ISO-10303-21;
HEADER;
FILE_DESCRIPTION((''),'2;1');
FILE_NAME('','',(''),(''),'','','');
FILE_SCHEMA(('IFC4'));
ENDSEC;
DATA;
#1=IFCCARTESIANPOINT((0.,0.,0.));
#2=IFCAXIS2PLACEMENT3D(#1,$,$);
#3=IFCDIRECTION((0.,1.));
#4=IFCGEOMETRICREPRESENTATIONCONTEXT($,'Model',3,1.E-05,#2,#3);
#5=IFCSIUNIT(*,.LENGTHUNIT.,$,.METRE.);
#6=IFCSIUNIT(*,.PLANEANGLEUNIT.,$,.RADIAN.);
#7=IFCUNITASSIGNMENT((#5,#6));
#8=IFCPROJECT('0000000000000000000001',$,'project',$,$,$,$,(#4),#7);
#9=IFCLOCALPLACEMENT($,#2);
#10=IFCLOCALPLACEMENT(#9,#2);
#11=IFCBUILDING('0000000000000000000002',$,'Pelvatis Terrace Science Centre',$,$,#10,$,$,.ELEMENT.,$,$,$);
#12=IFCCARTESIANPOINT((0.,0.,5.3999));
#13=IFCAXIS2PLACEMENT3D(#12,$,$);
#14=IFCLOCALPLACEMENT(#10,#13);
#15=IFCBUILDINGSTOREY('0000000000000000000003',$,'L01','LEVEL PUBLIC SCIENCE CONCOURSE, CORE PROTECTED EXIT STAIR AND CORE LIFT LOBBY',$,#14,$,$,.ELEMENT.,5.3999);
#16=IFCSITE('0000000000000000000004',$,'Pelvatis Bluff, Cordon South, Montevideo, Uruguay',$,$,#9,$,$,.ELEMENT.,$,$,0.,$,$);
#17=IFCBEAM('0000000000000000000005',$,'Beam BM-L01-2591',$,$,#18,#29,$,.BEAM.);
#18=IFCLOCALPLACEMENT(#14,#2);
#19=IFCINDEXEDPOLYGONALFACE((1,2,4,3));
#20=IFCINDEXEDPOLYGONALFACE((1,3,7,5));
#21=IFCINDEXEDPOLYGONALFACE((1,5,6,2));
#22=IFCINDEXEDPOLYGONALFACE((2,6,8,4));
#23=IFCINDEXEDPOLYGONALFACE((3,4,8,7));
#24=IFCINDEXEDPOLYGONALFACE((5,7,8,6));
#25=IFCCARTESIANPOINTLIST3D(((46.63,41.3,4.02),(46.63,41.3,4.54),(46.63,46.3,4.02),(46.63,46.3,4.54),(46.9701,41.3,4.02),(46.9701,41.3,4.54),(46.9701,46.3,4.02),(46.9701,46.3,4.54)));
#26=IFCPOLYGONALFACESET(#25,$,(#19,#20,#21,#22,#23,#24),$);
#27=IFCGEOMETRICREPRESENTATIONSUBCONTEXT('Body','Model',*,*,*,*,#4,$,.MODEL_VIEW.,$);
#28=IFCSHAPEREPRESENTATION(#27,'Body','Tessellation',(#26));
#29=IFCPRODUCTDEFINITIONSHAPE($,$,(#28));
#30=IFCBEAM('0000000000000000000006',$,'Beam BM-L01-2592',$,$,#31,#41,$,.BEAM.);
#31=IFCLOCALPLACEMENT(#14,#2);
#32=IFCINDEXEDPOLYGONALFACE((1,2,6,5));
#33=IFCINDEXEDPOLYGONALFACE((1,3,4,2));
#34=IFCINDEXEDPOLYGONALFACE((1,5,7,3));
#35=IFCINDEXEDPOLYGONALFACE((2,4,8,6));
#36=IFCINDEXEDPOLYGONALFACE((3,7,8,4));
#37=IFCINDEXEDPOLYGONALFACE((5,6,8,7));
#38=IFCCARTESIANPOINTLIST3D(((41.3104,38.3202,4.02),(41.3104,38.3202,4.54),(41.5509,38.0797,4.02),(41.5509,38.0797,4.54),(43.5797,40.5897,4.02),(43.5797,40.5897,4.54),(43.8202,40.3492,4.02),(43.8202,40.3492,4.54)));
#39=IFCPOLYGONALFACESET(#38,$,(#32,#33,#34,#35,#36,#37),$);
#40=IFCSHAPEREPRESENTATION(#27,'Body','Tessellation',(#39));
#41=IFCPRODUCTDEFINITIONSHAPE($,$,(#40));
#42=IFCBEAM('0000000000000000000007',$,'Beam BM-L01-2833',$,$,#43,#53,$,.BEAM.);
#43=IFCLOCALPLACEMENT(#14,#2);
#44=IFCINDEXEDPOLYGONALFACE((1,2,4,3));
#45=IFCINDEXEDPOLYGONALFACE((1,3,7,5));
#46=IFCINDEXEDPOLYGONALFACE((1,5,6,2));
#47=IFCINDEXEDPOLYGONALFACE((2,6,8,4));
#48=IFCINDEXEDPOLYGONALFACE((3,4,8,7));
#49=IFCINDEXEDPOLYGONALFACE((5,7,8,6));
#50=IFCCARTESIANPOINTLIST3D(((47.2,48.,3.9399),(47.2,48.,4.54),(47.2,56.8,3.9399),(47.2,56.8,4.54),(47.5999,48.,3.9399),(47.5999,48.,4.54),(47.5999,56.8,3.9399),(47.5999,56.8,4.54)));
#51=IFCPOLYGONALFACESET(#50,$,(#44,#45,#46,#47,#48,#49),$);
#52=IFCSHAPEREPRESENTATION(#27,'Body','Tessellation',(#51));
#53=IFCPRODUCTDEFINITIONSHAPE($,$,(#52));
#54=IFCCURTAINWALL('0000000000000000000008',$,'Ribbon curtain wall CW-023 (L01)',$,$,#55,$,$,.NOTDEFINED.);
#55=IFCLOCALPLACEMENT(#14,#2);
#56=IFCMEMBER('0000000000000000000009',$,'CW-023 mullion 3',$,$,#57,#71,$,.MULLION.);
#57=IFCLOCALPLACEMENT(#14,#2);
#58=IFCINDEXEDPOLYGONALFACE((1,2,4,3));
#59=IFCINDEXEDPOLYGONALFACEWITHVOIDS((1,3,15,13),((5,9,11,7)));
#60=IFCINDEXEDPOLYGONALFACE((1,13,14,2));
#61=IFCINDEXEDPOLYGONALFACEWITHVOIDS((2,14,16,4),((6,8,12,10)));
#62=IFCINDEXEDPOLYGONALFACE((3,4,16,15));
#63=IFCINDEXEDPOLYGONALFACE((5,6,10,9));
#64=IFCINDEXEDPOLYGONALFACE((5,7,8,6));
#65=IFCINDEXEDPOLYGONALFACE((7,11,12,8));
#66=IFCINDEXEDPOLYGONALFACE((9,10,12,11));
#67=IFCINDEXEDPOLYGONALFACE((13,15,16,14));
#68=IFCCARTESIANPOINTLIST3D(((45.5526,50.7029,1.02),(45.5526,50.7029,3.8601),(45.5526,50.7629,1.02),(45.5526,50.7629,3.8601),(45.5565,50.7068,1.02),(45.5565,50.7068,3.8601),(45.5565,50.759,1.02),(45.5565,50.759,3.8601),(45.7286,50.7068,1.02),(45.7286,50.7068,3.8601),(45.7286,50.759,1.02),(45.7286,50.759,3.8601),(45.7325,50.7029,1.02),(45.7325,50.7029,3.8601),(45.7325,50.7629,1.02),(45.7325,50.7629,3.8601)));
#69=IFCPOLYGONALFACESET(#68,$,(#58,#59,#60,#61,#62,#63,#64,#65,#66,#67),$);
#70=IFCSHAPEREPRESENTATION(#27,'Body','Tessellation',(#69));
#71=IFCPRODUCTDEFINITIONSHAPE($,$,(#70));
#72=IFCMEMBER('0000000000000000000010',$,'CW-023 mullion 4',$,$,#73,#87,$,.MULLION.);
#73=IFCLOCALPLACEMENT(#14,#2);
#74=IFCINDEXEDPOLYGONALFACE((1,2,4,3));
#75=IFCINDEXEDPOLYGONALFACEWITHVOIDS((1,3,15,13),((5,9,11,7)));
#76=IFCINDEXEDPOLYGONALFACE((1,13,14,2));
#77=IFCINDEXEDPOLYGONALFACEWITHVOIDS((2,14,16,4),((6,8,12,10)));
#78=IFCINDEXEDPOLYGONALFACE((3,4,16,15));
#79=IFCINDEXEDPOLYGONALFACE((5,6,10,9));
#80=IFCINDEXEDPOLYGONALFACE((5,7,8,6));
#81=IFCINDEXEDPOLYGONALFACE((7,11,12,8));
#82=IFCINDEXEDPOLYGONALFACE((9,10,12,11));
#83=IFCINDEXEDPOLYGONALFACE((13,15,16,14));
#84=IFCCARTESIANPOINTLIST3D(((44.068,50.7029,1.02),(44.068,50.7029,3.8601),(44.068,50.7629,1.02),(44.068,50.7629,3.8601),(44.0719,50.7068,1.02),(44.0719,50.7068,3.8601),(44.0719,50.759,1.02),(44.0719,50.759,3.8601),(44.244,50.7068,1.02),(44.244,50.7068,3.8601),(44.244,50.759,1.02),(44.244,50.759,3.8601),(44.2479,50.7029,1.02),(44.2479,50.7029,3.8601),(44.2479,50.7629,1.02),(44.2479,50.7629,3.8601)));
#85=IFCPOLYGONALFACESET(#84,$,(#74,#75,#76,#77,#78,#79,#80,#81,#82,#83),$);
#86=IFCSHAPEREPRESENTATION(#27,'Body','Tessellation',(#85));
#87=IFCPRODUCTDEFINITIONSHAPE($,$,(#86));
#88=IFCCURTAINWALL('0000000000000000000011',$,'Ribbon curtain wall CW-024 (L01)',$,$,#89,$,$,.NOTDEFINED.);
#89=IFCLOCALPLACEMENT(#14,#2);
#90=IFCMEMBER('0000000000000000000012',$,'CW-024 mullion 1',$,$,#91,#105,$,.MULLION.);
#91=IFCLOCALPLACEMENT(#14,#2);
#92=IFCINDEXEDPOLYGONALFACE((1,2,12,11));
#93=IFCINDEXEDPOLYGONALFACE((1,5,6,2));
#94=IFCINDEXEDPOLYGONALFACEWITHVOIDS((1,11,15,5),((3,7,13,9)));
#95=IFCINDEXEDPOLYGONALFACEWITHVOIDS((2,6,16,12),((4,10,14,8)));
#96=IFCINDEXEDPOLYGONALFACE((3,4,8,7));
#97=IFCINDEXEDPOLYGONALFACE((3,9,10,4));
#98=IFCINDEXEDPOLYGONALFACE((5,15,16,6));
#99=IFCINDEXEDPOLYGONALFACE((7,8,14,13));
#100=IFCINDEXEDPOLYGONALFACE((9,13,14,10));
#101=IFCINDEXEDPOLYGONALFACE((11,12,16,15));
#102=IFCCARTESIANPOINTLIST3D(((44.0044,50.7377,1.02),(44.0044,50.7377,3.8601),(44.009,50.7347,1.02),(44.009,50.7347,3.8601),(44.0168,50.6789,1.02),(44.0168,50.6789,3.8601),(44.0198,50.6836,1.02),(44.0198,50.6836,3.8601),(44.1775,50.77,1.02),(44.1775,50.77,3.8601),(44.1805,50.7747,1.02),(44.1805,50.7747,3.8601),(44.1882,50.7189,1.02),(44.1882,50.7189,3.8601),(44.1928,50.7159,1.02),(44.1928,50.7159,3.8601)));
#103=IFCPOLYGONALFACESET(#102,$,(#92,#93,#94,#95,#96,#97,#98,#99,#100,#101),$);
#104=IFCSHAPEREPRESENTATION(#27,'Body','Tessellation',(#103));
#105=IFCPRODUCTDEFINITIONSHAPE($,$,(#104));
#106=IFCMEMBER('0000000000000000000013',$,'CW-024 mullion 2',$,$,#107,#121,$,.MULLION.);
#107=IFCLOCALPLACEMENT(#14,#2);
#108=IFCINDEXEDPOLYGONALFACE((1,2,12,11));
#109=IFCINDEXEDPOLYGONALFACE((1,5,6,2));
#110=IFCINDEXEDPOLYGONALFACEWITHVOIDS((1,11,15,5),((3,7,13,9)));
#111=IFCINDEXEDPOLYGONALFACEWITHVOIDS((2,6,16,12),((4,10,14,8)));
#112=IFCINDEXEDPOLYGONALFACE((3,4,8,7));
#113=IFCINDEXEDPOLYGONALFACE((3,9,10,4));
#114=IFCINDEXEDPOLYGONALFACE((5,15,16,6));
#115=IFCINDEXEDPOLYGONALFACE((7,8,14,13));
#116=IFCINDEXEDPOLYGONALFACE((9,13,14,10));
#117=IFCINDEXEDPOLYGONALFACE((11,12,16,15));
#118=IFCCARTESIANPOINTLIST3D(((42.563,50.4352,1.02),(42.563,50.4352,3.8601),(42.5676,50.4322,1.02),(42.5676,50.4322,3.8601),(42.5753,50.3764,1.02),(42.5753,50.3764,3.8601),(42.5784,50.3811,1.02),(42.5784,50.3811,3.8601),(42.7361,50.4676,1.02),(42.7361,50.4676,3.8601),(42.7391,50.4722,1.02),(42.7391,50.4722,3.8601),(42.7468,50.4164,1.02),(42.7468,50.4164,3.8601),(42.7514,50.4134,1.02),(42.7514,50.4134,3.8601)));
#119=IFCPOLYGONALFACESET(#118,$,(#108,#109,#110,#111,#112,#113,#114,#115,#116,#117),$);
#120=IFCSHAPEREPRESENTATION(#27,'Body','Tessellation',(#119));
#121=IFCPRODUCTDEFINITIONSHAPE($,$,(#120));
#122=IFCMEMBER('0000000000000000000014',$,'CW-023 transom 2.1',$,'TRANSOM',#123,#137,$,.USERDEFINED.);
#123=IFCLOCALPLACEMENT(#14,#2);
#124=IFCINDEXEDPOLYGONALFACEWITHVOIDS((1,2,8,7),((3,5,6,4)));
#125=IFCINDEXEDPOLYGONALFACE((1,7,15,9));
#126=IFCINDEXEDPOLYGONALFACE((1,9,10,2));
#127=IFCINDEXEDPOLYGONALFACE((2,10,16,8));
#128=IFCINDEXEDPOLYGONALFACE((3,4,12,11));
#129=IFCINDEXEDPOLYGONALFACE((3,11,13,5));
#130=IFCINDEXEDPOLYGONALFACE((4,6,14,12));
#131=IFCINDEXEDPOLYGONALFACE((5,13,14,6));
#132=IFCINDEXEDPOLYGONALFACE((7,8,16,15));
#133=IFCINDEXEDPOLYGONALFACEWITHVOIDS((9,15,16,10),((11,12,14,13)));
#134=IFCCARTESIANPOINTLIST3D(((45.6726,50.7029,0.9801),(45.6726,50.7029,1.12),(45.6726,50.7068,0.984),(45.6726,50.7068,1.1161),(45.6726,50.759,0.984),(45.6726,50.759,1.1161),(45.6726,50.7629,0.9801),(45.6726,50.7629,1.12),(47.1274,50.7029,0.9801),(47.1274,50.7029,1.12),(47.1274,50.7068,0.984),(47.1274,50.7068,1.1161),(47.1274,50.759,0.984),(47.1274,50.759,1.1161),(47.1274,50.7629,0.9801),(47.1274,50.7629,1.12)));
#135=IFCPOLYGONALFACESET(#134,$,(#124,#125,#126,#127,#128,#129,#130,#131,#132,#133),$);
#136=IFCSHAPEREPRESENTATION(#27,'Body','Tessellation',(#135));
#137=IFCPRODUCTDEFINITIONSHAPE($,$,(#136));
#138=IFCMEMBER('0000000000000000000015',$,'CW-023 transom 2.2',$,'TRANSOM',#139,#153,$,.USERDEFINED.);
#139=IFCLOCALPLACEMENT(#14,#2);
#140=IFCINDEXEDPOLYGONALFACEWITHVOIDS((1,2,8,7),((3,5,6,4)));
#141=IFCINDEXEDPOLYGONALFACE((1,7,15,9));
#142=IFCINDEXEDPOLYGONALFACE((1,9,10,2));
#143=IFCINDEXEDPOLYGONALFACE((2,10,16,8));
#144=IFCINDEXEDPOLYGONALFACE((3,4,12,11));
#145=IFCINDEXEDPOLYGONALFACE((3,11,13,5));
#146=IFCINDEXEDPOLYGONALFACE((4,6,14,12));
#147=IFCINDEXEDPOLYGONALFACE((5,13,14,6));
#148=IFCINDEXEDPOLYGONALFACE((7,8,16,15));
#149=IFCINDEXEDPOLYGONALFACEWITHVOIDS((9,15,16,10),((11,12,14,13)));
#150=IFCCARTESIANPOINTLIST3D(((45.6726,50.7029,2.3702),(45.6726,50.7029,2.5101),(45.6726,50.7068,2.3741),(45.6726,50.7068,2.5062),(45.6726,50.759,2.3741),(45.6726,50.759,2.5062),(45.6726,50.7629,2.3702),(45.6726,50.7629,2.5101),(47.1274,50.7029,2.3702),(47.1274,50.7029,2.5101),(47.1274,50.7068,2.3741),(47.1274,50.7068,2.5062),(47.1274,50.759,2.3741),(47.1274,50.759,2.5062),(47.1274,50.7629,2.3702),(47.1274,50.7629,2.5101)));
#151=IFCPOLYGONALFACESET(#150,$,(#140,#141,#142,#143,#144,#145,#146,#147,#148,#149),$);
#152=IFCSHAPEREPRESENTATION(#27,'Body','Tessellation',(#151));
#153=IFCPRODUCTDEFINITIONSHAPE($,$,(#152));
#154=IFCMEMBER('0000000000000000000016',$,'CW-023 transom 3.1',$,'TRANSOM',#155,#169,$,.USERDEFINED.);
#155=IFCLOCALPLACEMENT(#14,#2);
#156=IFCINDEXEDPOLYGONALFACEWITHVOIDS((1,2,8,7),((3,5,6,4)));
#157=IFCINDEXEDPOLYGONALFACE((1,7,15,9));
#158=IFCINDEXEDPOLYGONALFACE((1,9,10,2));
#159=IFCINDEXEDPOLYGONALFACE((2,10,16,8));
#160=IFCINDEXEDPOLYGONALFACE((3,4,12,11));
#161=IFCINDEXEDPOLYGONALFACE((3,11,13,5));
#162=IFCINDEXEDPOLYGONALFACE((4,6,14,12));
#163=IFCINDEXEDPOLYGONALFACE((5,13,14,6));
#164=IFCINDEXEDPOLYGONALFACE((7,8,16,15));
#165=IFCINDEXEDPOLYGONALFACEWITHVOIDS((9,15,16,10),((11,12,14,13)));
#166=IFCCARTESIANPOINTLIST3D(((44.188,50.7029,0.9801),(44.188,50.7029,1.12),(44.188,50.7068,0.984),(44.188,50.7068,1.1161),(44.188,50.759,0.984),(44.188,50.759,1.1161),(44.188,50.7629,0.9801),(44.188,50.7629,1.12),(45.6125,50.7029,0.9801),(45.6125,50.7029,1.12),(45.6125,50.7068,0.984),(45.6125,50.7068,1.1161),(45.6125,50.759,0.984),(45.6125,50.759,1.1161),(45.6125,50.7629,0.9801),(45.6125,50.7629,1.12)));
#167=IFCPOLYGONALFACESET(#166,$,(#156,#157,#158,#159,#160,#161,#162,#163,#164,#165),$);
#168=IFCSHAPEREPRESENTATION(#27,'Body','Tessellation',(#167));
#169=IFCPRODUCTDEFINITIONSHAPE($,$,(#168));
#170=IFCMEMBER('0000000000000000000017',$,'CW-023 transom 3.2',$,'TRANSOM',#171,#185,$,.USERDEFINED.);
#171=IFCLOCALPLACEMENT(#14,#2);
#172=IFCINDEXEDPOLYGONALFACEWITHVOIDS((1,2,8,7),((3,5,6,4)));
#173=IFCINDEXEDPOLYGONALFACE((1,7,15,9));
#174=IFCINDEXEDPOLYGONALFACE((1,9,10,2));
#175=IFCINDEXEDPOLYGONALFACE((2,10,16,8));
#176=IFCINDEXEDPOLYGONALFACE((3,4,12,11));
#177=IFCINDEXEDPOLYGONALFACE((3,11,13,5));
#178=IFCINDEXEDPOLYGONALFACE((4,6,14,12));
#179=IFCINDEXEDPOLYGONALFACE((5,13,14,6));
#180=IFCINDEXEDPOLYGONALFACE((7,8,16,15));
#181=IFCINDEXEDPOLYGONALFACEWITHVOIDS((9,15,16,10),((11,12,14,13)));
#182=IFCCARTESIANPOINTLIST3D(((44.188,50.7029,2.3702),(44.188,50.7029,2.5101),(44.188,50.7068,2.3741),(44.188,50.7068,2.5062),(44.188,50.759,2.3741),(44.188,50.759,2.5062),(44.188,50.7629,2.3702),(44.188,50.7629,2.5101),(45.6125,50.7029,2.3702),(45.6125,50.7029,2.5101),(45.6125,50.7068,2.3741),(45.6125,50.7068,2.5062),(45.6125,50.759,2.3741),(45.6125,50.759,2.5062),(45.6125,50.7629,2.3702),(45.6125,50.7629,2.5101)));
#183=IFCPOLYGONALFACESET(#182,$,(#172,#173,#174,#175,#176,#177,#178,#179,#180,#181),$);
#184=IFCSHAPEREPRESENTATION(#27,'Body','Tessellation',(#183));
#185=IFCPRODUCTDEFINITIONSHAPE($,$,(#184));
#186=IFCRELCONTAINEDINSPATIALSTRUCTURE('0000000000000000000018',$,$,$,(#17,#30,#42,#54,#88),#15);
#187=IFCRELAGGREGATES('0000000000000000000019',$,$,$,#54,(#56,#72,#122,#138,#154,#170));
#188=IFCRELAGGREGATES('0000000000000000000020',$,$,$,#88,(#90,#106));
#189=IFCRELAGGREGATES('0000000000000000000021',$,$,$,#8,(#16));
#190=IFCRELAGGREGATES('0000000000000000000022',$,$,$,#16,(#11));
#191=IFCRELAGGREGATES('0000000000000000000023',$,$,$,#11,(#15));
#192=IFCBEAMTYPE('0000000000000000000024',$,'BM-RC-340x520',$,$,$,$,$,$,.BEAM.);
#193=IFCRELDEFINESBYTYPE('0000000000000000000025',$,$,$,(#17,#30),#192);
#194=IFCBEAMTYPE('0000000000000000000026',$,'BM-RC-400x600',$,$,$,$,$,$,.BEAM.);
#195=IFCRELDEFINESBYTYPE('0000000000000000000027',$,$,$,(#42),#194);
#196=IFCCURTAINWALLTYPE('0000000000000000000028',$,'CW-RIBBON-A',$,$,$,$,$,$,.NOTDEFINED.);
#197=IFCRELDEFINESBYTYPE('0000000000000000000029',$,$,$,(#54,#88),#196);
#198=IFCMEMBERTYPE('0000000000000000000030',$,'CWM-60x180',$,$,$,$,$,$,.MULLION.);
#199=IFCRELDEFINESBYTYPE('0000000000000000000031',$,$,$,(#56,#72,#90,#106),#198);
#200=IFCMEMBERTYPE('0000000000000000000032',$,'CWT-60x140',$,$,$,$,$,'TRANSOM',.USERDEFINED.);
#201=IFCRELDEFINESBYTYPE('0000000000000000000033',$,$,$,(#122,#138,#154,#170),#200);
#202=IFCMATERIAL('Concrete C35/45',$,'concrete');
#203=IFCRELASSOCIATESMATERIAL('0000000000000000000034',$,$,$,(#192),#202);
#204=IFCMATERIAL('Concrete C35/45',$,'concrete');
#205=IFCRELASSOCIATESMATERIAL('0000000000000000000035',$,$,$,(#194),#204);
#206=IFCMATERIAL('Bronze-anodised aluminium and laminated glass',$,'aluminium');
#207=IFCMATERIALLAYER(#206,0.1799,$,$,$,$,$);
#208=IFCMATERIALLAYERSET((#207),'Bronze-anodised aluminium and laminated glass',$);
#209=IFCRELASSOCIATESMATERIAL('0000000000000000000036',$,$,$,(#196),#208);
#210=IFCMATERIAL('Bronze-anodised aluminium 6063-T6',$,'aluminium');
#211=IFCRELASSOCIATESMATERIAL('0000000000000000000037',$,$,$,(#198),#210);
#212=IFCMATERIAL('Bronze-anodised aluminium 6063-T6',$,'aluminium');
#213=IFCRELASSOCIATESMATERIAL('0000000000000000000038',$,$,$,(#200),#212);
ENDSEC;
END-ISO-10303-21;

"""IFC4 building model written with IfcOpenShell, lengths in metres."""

from ifc_helpers import new_model, si_unit, direction, frame, origin, origin_2d, place, context, subcontext, project, spatial, rectangle, hollow_rectangle, extrude, material, layer, layer_set, material_profile, profile_set, type_object, element, aggregate, save


model = new_model("IFC4")

# Units and contexts
model_context = context("Model", 3, precision=1e-05, world=origin(), true_north=direction((0.0, 1.0)))
body_context = subcontext(model_context, "Body", "Model", "MODEL_VIEW")
ifc_project = project(units=[si_unit("LENGTHUNIT", "METRE"), si_unit("PLANEANGLEUNIT", "RADIAN")], contexts=[model_context])

# Site, building, storey
site_placement = place(None, origin())
site = spatial("IfcSite", under=ifc_project, at=site_placement, Name="Pelvatis Bluff, Cordon South, Montevideo, Uruguay", CompositionType="ELEMENT", RefElevation=0.0)
building_placement = place(site_placement, origin())
building = spatial("IfcBuilding", under=site, at=building_placement, Name="Pelvatis Terrace Science Centre", CompositionType="ELEMENT")
storey_placement = place(building_placement, frame((0.0, 0.0, 5.3999)))
storey = spatial("IfcBuildingStorey", under=building, at=storey_placement, Name="L01", Description="LEVEL PUBLIC SCIENCE CONCOURSE, CORE PROTECTED EXIT STAIR AND CORE LIFT LOBBY", CompositionType="ELEMENT", Elevation=5.3999)

# Beams
ifc_material_1 = material(Name="Concrete C35/45", Category="concrete")
ifc_material_profile_1 = material_profile(ifc_material_1, rectangle(XDim=0.3401, YDim=0.52, at=origin_2d()), Name="RC-BM 340x520")
ifc_profile_set_1 = profile_set([ifc_material_profile_1], Name="Concrete C35/45")
beam_type_1 = type_object("IfcBeamType", Name="BM-RC-340x520", PredefinedType="BEAM", material=ifc_profile_set_1)
beam_1_placement = place(storey_placement, frame((46.8, 41.3, 4.28), z_axis=(0.0, 1.0, 0.0), x_axis=(-1.0, 0.0, 0.0)))
element("IfcBeam", 1, at=beam_1_placement, inside=storey, type_object=beam_type_1, Name="Beam BM-L01-2591", PredefinedType="BEAM", context=body_context, shape_type="SweptSolid", body=[
    extrude(rectangle(XDim=0.3401, YDim=0.52, at=origin_2d()), origin(), (0.0, 0.0, 1.0), 5.0),
])
beam_2_placement = place(storey_placement, frame((43.7, 40.4695, 4.28), z_axis=(-0.707069, -0.707145, 0.0), x_axis=(0.707145, -0.707069, 0.0)))
element("IfcBeam", 2, at=beam_2_placement, inside=storey, type_object=beam_type_1, Name="Beam BM-L01-2592", PredefinedType="BEAM", context=body_context, shape_type="SweptSolid", body=[
    extrude(rectangle(XDim=0.3401, YDim=0.52, at=origin_2d()), origin(), (0.0, 0.0, 1.0), 3.2095),
])
ifc_material_2 = material(Name="Concrete C35/45", Category="concrete")
ifc_material_profile_2 = material_profile(ifc_material_2, rectangle(XDim=0.3999, YDim=0.6001, at=origin_2d()), Name="RC-BM 400x600")
ifc_profile_set_2 = profile_set([ifc_material_profile_2], Name="Concrete C35/45")
beam_type_2 = type_object("IfcBeamType", Name="BM-RC-400x600", PredefinedType="BEAM", material=ifc_profile_set_2)
beam_3_placement = place(storey_placement, frame((47.3999, 48.0, 4.24), z_axis=(0.0, 1.0, 0.0), x_axis=(-1.0, 0.0, 0.0)))
element("IfcBeam", 3, at=beam_3_placement, inside=storey, type_object=beam_type_2, Name="Beam BM-L01-2833", PredefinedType="BEAM", context=body_context, shape_type="SweptSolid", body=[
    extrude(rectangle(XDim=0.3999, YDim=0.6001, at=origin_2d()), origin(), (0.0, 0.0, 1.0), 8.8),
])

# Curtain walls, members
ifc_material_3 = material(Name="Bronze-anodised aluminium and laminated glass", Category="aluminium")
ifc_layer_1 = layer(ifc_material_3, 0.1799)
ifc_layer_set_1 = layer_set([ifc_layer_1], Name="Bronze-anodised aluminium and laminated glass")
curtain_wall_type = type_object("IfcCurtainWallType", Name="CW-RIBBON-A", PredefinedType="NOTDEFINED", material=ifc_layer_set_1)
curtain_wall_1_placement = place(storey_placement, origin())
curtain_wall_1 = element("IfcCurtainWall", 4, at=curtain_wall_1_placement, inside=storey, type_object=curtain_wall_type, Name="Ribbon curtain wall CW-023 (L01)", PredefinedType="NOTDEFINED")
ifc_material_4 = material(Name="Bronze-anodised aluminium 6063-T6", Category="aluminium")
ifc_material_profile_3 = material_profile(ifc_material_4, hollow_rectangle(XDim=0.0601, YDim=0.1799, WallThickness=0.0039, at=origin_2d()), Name="ALU-MUL 60x180")
ifc_profile_set_3 = profile_set([ifc_material_profile_3], Name="Bronze-anodised aluminium 6063-T6")
member_type_1 = type_object("IfcMemberType", Name="CWM-60x180", PredefinedType="MULLION", material=ifc_profile_set_3)
member_1_placement = place(storey_placement, frame((45.6426, 50.7329, 1.02), z_axis=(0.0, 0.0, 1.0), x_axis=(0.0, -1.0, 0.0)))
member_1 = element("IfcMember", 5, at=member_1_placement, type_object=member_type_1, Name="CW-023 mullion 3", PredefinedType="MULLION", context=body_context, shape_type="SweptSolid", body=[
    extrude(hollow_rectangle(XDim=0.0601, YDim=0.1799, WallThickness=0.0039, at=origin_2d()), origin(), (0.0, 0.0, 1.0), 2.8401),
])
member_2_placement = place(storey_placement, frame((44.158, 50.7329, 1.02), z_axis=(0.0, 0.0, 1.0), x_axis=(0.0, -1.0, 0.0)))
member_2 = element("IfcMember", 6, at=member_2_placement, type_object=member_type_1, Name="CW-023 mullion 4", PredefinedType="MULLION", context=body_context, shape_type="SweptSolid", body=[
    extrude(hollow_rectangle(XDim=0.0601, YDim=0.1799, WallThickness=0.0039, at=origin_2d()), origin(), (0.0, 0.0, 1.0), 2.8401),
])
curtain_wall_2_placement = place(storey_placement, origin())
curtain_wall_2 = element("IfcCurtainWall", 7, at=curtain_wall_2_placement, inside=storey, type_object=curtain_wall_type, Name="Ribbon curtain wall CW-024 (L01)", PredefinedType="NOTDEFINED")
member_3_placement = place(storey_placement, frame((44.0986, 50.7268, 1.02), z_axis=(0.0, 0.0, 1.0), x_axis=(0.205398, -0.978679, 0.0)))
member_3 = element("IfcMember", 8, at=member_3_placement, type_object=member_type_1, Name="CW-024 mullion 1", PredefinedType="MULLION", context=body_context, shape_type="SweptSolid", body=[
    extrude(hollow_rectangle(XDim=0.0601, YDim=0.1799, WallThickness=0.0039, at=origin_2d()), origin(), (0.0, 0.0, 1.0), 2.8401),
])
member_4_placement = place(storey_placement, frame((42.6572, 50.4243, 1.02), z_axis=(0.0, 0.0, 1.0), x_axis=(0.205398, -0.978679, 0.0)))
member_4 = element("IfcMember", 9, at=member_4_placement, type_object=member_type_1, Name="CW-024 mullion 2", PredefinedType="MULLION", context=body_context, shape_type="SweptSolid", body=[
    extrude(hollow_rectangle(XDim=0.0601, YDim=0.1799, WallThickness=0.0039, at=origin_2d()), origin(), (0.0, 0.0, 1.0), 2.8401),
])

# Members
ifc_material_5 = material(Name="Bronze-anodised aluminium 6063-T6", Category="aluminium")
ifc_material_profile_4 = material_profile(ifc_material_5, hollow_rectangle(XDim=0.0601, YDim=0.1399, WallThickness=0.0039, at=origin_2d()), Name="ALU-TRN 60x140")
ifc_profile_set_4 = profile_set([ifc_material_profile_4], Name="Bronze-anodised aluminium 6063-T6")
member_type_2 = type_object("IfcMemberType", Name="CWT-60x140", ElementType="TRANSOM", PredefinedType="USERDEFINED", material=ifc_profile_set_4)
member_5_placement = place(storey_placement, frame((47.1274, 50.7329, 1.05), z_axis=(-1.0, 0.0, 0.0), x_axis=(0.0, -1.0, 0.0)))
member_5 = element("IfcMember", 10, at=member_5_placement, type_object=member_type_2, Name="CW-023 transom 2.1", ObjectType="TRANSOM", PredefinedType="USERDEFINED", context=body_context, shape_type="SweptSolid", body=[
    extrude(hollow_rectangle(XDim=0.0601, YDim=0.1399, WallThickness=0.0039, at=origin_2d()), origin(), (0.0, 0.0, 1.0), 1.4548),
])
member_6_placement = place(storey_placement, frame((47.1274, 50.7329, 2.4402), z_axis=(-1.0, 0.0, 0.0), x_axis=(0.0, -1.0, 0.0)))
member_6 = element("IfcMember", 11, at=member_6_placement, type_object=member_type_2, Name="CW-023 transom 2.2", ObjectType="TRANSOM", PredefinedType="USERDEFINED", context=body_context, shape_type="SweptSolid", body=[
    extrude(hollow_rectangle(XDim=0.0601, YDim=0.1399, WallThickness=0.0039, at=origin_2d()), origin(), (0.0, 0.0, 1.0), 1.4548),
])
member_7_placement = place(storey_placement, frame((45.6125, 50.7329, 1.05), z_axis=(-1.0, 0.0, 0.0), x_axis=(0.0, -1.0, 0.0)))
member_7 = element("IfcMember", 12, at=member_7_placement, type_object=member_type_2, Name="CW-023 transom 3.1", ObjectType="TRANSOM", PredefinedType="USERDEFINED", context=body_context, shape_type="SweptSolid", body=[
    extrude(hollow_rectangle(XDim=0.0601, YDim=0.1399, WallThickness=0.0039, at=origin_2d()), origin(), (0.0, 0.0, 1.0), 1.4246),
])
member_8_placement = place(storey_placement, frame((45.6125, 50.7329, 2.4402), z_axis=(-1.0, 0.0, 0.0), x_axis=(0.0, -1.0, 0.0)))
member_8 = element("IfcMember", 13, at=member_8_placement, type_object=member_type_2, Name="CW-023 transom 3.2", ObjectType="TRANSOM", PredefinedType="USERDEFINED", context=body_context, shape_type="SweptSolid", body=[
    extrude(hollow_rectangle(XDim=0.0601, YDim=0.1399, WallThickness=0.0039, at=origin_2d()), origin(), (0.0, 0.0, 1.0), 1.4246),
])

aggregate(curtain_wall_1, [member_1, member_2, member_5, member_6, member_7, member_8])
aggregate(curtain_wall_2, [member_3, member_4])

save(model, "model.ifc")
